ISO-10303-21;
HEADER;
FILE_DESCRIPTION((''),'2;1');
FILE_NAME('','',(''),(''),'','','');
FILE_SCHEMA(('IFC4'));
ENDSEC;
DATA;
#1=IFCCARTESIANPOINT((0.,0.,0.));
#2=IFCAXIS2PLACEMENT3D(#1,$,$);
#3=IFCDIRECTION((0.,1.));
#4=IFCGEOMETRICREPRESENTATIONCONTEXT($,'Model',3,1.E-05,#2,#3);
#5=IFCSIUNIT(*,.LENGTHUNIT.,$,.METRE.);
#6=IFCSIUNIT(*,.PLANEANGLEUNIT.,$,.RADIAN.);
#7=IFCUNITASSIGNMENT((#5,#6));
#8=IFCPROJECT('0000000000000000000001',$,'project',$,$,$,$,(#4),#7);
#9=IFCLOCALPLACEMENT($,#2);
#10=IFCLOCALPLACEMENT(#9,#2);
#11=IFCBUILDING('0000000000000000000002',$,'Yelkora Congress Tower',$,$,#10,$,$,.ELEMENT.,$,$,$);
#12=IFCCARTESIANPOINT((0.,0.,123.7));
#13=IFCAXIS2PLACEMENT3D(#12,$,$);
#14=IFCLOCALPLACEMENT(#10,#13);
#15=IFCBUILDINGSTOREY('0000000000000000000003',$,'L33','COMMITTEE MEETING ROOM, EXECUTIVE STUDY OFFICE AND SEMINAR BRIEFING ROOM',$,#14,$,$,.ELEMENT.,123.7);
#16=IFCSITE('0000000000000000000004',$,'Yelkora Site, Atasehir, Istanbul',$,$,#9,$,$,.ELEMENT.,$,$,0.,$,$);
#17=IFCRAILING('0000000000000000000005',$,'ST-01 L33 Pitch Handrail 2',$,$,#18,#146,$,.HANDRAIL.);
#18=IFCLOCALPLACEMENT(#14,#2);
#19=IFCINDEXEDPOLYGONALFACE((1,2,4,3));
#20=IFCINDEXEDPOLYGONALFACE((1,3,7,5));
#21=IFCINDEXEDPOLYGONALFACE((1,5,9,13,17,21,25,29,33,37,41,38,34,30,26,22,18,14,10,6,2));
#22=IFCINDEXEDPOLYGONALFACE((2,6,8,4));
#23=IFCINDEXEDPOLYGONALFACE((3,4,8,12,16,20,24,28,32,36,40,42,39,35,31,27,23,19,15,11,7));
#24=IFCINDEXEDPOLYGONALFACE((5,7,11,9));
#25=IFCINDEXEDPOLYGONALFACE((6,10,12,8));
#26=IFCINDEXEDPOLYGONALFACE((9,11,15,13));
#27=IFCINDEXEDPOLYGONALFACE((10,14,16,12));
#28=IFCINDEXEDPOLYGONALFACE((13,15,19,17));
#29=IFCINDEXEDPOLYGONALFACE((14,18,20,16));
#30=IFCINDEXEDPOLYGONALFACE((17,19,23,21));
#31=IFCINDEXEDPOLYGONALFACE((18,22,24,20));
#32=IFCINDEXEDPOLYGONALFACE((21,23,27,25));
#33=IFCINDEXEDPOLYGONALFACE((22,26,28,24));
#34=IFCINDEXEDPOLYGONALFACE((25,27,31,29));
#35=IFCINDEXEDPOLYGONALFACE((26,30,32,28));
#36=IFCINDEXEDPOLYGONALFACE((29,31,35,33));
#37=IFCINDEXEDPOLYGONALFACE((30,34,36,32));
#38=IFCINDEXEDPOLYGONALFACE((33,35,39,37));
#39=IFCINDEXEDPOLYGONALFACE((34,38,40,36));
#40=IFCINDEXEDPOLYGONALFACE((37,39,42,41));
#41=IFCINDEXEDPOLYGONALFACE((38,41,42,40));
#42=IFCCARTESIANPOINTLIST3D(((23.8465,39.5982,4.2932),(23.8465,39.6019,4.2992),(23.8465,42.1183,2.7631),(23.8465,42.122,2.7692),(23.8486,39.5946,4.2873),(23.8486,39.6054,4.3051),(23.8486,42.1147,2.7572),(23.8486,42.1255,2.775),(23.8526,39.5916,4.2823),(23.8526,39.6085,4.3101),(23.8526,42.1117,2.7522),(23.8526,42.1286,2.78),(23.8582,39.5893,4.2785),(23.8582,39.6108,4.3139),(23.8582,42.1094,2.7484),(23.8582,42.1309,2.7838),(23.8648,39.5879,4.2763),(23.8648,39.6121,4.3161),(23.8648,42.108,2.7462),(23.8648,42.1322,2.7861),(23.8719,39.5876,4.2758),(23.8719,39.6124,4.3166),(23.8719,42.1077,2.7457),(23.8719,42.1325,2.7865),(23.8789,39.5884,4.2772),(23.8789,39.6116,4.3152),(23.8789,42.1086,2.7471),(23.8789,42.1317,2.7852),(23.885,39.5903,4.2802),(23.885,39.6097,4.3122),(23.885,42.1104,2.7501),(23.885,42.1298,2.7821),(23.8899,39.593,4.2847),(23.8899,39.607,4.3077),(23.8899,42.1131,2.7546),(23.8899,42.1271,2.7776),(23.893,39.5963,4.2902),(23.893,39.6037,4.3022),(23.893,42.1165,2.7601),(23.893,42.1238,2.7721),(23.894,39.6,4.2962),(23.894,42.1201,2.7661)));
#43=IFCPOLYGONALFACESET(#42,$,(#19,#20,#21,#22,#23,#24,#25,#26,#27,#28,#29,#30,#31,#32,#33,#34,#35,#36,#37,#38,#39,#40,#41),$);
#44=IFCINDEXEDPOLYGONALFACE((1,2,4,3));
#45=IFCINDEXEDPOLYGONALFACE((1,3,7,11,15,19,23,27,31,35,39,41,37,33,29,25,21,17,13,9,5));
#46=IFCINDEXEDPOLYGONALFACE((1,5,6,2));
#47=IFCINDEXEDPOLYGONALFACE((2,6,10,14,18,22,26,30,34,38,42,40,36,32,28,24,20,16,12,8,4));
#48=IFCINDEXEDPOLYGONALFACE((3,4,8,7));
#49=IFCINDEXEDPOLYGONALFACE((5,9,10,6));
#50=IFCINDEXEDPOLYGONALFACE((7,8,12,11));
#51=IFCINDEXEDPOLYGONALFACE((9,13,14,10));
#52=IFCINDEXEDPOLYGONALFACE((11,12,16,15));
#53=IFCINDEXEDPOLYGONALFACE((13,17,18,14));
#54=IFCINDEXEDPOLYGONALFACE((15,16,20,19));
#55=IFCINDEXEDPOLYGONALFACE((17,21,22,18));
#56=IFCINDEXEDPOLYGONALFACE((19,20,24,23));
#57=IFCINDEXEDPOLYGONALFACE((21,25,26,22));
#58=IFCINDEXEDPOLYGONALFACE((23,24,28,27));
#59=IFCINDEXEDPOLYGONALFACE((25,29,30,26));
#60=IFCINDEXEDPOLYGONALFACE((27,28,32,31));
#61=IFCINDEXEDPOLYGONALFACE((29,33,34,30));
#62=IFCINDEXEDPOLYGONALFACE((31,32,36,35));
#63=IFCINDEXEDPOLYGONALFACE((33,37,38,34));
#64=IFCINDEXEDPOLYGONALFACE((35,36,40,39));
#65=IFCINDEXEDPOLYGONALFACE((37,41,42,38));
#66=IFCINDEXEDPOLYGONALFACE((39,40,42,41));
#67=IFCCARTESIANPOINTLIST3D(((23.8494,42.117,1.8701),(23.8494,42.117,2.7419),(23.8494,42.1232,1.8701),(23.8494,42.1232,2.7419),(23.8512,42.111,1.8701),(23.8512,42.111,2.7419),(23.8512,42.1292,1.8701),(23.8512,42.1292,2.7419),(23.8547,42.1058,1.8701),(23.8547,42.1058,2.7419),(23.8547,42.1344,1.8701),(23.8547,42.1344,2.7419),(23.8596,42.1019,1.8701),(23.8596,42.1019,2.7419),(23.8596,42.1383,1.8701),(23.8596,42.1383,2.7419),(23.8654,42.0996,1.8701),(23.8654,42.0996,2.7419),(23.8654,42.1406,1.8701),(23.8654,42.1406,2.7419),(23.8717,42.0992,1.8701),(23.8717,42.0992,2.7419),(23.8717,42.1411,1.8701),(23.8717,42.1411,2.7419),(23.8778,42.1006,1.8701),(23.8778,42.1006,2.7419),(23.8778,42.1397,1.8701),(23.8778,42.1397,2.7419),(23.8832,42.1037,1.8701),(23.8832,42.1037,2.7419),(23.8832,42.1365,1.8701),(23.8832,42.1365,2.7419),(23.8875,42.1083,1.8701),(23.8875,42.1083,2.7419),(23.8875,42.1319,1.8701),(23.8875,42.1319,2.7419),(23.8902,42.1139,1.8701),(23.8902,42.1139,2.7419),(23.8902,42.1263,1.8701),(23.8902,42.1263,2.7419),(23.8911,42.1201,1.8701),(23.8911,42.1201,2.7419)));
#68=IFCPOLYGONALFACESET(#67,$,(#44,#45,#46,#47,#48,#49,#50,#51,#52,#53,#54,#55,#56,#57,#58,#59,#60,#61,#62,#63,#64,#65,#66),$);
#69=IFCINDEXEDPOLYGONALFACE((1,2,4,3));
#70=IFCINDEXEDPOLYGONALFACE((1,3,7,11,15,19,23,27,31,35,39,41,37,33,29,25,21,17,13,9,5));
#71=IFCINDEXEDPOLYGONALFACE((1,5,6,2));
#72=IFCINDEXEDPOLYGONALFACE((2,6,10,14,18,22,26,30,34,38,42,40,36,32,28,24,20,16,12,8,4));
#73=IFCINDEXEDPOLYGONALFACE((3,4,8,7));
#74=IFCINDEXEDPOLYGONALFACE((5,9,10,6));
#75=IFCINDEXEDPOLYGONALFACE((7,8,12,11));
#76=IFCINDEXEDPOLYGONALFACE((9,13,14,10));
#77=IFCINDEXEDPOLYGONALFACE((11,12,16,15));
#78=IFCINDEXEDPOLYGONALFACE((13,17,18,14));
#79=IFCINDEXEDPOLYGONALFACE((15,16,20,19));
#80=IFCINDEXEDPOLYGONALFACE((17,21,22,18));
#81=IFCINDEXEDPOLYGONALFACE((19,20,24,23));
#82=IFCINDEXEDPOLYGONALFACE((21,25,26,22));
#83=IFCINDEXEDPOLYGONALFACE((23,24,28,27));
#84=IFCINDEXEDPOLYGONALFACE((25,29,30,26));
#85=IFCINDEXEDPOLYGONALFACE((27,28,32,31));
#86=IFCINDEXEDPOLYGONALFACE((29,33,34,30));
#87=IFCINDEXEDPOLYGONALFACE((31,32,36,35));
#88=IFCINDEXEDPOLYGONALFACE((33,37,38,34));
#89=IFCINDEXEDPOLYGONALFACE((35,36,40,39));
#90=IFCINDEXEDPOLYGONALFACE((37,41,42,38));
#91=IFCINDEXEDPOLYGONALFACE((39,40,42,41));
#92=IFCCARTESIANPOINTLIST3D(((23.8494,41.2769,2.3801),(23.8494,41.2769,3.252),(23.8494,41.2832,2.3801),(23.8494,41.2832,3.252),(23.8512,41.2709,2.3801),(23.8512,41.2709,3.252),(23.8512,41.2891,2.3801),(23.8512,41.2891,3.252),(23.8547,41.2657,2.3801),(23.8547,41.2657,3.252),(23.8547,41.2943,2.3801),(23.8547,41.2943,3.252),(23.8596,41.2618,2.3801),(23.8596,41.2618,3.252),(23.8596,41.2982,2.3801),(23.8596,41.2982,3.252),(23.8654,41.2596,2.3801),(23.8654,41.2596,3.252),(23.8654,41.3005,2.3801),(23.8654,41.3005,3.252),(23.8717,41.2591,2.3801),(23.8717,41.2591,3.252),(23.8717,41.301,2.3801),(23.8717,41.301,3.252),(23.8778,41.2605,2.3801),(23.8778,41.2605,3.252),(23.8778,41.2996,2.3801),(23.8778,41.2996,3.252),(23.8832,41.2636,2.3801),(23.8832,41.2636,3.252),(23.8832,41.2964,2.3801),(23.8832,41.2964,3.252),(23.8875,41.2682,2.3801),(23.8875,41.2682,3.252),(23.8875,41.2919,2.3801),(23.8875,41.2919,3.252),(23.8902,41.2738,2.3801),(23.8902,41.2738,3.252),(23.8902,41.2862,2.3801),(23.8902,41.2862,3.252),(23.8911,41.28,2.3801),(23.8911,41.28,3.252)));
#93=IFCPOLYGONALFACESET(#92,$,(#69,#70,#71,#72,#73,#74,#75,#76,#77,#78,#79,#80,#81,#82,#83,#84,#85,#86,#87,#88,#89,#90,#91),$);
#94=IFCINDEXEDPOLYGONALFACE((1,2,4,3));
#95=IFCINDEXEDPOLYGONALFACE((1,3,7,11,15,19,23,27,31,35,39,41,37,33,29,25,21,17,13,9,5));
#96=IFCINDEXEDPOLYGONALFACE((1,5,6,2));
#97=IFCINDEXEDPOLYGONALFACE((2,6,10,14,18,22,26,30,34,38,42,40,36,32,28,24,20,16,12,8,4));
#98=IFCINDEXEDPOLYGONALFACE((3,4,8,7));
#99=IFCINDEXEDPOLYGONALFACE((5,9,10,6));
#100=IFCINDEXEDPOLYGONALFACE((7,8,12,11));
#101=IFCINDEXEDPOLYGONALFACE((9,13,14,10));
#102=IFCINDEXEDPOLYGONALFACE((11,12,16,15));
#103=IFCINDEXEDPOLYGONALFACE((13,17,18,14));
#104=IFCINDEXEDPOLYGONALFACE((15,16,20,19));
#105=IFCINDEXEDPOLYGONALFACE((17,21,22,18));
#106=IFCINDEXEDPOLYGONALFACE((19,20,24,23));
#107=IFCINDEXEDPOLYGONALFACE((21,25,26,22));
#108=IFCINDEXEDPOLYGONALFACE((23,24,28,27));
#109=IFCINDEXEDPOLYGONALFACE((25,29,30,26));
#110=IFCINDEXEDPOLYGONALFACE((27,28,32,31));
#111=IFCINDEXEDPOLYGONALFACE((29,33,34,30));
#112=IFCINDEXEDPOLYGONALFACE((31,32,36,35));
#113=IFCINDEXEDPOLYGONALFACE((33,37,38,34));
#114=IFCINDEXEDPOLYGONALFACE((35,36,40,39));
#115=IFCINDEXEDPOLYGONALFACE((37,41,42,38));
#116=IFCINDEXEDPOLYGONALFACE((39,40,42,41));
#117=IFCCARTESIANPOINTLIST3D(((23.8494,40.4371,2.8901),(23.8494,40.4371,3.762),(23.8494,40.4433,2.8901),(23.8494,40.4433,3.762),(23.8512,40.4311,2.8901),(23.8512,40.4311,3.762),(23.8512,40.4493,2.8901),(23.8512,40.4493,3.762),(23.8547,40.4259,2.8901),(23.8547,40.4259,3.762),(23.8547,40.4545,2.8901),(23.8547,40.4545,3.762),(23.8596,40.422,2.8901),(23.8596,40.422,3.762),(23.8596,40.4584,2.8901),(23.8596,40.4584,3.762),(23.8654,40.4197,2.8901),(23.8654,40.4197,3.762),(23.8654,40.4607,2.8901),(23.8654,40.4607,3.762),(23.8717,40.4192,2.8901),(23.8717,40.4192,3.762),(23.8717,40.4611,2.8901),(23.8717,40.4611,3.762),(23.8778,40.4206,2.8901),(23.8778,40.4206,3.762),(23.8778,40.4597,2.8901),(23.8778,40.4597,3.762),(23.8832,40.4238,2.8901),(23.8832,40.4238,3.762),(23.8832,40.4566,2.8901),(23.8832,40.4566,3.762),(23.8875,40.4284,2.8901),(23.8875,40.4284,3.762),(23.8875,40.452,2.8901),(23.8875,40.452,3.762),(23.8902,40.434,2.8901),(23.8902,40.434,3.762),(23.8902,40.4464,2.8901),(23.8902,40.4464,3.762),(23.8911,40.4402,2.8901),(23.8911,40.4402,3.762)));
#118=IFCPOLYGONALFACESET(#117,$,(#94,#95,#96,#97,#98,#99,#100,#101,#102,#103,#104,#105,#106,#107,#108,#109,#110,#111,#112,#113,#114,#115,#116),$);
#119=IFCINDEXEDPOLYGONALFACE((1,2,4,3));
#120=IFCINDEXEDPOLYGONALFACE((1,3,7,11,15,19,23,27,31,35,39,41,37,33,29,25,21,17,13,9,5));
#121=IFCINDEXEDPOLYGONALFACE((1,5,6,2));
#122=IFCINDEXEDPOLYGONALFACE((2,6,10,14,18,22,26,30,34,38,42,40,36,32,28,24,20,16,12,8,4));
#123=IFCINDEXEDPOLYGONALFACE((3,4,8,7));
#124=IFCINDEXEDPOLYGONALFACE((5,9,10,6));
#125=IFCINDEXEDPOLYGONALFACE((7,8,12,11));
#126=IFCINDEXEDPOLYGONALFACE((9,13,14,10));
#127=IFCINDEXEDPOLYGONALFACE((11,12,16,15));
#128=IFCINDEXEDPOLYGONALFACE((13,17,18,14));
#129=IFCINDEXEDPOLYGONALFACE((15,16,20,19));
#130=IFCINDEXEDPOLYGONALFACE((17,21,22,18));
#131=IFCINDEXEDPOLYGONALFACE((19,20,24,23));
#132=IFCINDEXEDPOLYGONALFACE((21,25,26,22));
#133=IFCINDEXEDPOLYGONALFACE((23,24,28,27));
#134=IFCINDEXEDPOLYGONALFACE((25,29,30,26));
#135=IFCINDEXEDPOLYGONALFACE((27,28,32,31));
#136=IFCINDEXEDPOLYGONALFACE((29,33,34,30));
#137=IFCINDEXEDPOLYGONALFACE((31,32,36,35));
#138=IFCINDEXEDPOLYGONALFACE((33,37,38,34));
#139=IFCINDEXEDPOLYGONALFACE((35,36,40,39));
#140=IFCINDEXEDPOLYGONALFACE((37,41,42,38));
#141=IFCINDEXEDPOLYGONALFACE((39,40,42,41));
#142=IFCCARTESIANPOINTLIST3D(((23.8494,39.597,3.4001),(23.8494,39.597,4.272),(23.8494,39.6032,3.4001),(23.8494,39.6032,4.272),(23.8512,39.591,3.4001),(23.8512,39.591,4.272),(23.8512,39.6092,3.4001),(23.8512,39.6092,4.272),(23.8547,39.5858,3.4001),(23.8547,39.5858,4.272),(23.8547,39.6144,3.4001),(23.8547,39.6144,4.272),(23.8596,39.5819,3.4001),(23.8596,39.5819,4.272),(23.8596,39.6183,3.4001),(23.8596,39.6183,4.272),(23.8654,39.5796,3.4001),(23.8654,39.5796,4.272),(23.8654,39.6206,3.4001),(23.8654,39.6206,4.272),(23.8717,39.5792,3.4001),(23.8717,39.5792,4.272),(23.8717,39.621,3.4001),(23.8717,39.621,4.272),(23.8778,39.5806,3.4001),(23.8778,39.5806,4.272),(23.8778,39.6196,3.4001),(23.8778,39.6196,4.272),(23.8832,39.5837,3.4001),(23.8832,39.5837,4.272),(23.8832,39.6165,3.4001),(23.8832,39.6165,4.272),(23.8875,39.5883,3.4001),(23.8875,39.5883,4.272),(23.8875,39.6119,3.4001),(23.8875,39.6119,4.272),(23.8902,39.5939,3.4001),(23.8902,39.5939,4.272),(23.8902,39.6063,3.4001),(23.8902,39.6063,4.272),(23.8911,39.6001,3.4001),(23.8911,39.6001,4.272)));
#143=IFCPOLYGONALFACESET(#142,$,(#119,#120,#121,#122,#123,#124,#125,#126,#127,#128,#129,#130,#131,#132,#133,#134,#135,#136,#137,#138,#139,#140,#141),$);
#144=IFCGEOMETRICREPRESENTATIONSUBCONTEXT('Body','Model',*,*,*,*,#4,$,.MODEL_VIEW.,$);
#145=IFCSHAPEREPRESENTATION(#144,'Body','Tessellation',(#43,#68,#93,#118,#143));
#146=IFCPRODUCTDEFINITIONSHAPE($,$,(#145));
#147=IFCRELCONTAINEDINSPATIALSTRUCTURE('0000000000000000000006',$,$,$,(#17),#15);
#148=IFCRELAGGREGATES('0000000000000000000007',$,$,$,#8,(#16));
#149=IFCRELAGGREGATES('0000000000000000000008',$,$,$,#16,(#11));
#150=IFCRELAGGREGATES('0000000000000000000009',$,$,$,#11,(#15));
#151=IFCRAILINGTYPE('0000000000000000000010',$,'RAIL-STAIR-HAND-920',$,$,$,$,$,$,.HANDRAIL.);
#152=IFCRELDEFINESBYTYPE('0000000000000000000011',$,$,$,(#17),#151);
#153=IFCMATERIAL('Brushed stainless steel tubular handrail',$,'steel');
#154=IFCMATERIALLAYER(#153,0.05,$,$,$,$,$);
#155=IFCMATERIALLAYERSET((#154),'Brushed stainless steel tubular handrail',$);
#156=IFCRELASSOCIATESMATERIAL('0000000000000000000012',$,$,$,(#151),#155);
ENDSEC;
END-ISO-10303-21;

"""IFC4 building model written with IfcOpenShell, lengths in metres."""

from ifc_helpers import new_model, si_unit, direction, frame, origin, origin_2d, place, context, subcontext, project, spatial, circle, extrude, material, layer, layer_set, type_object, element, save


model = new_model("IFC4")

# Units and contexts
model_context = context("Model", 3, precision=1e-05, world=origin(), true_north=direction((0.0, 1.0)))
body_context = subcontext(model_context, "Body", "Model", "MODEL_VIEW")
ifc_project = project(units=[si_unit("LENGTHUNIT", "METRE"), si_unit("PLANEANGLEUNIT", "RADIAN")], contexts=[model_context])

# Site, building, storey
site_placement = place(None, origin())
site = spatial("IfcSite", under=ifc_project, at=site_placement, Name="Yelkora Site, Atasehir, Istanbul", CompositionType="ELEMENT", RefElevation=0.0)
building_placement = place(site_placement, origin())
building = spatial("IfcBuilding", under=site, at=building_placement, Name="Yelkora Congress Tower", CompositionType="ELEMENT")
storey_placement = place(building_placement, frame((0.0, 0.0, 123.7)))
storey = spatial("IfcBuildingStorey", under=building, at=storey_placement, Name="L33", Description="COMMITTEE MEETING ROOM, EXECUTIVE STUDY OFFICE AND SEMINAR BRIEFING ROOM", CompositionType="ELEMENT", Elevation=123.7)

# Railing
ifc_material_1 = material(Name="Brushed stainless steel tubular handrail", Category="steel")
ifc_layer_1 = layer(ifc_material_1, 0.05)
ifc_layer_set_1 = layer_set([ifc_layer_1], Name="Brushed stainless steel tubular handrail")
railing_type_1 = type_object("IfcRailingType", Name="RAIL-STAIR-HAND-920", PredefinedType="HANDRAIL", material=ifc_layer_set_1)
railing_1_placement = place(storey_placement, frame((23.8701, 42.1201, 1.8701)))
element("IfcRailing", 1, at=railing_1_placement, inside=storey, type_object=railing_type_1, Name="ST-01 L33 Pitch Handrail 2", PredefinedType="HANDRAIL", context=body_context, shape_type="SweptSolid", body=[
    extrude(circle(Radius=0.0239, at=origin_2d()), frame((0.0, 0.0, 0.896), z_axis=(0.0, -0.854785, 0.518982), x_axis=(1.0, 0.0, 0.0)), (0.0, 0.0, 1.0), 2.9482),
    extrude(circle(Radius=0.021, at=origin_2d()), origin(), (0.0, 0.0, 1.0), 0.8718),
    extrude(circle(Radius=0.021, at=origin_2d()), frame((0.0, -0.8401, 0.51)), (0.0, 0.0, 1.0), 0.8718),
    extrude(circle(Radius=0.021, at=origin_2d()), frame((0.0, -1.6799, 1.02)), (0.0, 0.0, 1.0), 0.8718),
    extrude(circle(Radius=0.021, at=origin_2d()), frame((0.0, -2.52, 1.53)), (0.0, 0.0, 1.0), 0.8718),
])

save(model, "model.ifc")
